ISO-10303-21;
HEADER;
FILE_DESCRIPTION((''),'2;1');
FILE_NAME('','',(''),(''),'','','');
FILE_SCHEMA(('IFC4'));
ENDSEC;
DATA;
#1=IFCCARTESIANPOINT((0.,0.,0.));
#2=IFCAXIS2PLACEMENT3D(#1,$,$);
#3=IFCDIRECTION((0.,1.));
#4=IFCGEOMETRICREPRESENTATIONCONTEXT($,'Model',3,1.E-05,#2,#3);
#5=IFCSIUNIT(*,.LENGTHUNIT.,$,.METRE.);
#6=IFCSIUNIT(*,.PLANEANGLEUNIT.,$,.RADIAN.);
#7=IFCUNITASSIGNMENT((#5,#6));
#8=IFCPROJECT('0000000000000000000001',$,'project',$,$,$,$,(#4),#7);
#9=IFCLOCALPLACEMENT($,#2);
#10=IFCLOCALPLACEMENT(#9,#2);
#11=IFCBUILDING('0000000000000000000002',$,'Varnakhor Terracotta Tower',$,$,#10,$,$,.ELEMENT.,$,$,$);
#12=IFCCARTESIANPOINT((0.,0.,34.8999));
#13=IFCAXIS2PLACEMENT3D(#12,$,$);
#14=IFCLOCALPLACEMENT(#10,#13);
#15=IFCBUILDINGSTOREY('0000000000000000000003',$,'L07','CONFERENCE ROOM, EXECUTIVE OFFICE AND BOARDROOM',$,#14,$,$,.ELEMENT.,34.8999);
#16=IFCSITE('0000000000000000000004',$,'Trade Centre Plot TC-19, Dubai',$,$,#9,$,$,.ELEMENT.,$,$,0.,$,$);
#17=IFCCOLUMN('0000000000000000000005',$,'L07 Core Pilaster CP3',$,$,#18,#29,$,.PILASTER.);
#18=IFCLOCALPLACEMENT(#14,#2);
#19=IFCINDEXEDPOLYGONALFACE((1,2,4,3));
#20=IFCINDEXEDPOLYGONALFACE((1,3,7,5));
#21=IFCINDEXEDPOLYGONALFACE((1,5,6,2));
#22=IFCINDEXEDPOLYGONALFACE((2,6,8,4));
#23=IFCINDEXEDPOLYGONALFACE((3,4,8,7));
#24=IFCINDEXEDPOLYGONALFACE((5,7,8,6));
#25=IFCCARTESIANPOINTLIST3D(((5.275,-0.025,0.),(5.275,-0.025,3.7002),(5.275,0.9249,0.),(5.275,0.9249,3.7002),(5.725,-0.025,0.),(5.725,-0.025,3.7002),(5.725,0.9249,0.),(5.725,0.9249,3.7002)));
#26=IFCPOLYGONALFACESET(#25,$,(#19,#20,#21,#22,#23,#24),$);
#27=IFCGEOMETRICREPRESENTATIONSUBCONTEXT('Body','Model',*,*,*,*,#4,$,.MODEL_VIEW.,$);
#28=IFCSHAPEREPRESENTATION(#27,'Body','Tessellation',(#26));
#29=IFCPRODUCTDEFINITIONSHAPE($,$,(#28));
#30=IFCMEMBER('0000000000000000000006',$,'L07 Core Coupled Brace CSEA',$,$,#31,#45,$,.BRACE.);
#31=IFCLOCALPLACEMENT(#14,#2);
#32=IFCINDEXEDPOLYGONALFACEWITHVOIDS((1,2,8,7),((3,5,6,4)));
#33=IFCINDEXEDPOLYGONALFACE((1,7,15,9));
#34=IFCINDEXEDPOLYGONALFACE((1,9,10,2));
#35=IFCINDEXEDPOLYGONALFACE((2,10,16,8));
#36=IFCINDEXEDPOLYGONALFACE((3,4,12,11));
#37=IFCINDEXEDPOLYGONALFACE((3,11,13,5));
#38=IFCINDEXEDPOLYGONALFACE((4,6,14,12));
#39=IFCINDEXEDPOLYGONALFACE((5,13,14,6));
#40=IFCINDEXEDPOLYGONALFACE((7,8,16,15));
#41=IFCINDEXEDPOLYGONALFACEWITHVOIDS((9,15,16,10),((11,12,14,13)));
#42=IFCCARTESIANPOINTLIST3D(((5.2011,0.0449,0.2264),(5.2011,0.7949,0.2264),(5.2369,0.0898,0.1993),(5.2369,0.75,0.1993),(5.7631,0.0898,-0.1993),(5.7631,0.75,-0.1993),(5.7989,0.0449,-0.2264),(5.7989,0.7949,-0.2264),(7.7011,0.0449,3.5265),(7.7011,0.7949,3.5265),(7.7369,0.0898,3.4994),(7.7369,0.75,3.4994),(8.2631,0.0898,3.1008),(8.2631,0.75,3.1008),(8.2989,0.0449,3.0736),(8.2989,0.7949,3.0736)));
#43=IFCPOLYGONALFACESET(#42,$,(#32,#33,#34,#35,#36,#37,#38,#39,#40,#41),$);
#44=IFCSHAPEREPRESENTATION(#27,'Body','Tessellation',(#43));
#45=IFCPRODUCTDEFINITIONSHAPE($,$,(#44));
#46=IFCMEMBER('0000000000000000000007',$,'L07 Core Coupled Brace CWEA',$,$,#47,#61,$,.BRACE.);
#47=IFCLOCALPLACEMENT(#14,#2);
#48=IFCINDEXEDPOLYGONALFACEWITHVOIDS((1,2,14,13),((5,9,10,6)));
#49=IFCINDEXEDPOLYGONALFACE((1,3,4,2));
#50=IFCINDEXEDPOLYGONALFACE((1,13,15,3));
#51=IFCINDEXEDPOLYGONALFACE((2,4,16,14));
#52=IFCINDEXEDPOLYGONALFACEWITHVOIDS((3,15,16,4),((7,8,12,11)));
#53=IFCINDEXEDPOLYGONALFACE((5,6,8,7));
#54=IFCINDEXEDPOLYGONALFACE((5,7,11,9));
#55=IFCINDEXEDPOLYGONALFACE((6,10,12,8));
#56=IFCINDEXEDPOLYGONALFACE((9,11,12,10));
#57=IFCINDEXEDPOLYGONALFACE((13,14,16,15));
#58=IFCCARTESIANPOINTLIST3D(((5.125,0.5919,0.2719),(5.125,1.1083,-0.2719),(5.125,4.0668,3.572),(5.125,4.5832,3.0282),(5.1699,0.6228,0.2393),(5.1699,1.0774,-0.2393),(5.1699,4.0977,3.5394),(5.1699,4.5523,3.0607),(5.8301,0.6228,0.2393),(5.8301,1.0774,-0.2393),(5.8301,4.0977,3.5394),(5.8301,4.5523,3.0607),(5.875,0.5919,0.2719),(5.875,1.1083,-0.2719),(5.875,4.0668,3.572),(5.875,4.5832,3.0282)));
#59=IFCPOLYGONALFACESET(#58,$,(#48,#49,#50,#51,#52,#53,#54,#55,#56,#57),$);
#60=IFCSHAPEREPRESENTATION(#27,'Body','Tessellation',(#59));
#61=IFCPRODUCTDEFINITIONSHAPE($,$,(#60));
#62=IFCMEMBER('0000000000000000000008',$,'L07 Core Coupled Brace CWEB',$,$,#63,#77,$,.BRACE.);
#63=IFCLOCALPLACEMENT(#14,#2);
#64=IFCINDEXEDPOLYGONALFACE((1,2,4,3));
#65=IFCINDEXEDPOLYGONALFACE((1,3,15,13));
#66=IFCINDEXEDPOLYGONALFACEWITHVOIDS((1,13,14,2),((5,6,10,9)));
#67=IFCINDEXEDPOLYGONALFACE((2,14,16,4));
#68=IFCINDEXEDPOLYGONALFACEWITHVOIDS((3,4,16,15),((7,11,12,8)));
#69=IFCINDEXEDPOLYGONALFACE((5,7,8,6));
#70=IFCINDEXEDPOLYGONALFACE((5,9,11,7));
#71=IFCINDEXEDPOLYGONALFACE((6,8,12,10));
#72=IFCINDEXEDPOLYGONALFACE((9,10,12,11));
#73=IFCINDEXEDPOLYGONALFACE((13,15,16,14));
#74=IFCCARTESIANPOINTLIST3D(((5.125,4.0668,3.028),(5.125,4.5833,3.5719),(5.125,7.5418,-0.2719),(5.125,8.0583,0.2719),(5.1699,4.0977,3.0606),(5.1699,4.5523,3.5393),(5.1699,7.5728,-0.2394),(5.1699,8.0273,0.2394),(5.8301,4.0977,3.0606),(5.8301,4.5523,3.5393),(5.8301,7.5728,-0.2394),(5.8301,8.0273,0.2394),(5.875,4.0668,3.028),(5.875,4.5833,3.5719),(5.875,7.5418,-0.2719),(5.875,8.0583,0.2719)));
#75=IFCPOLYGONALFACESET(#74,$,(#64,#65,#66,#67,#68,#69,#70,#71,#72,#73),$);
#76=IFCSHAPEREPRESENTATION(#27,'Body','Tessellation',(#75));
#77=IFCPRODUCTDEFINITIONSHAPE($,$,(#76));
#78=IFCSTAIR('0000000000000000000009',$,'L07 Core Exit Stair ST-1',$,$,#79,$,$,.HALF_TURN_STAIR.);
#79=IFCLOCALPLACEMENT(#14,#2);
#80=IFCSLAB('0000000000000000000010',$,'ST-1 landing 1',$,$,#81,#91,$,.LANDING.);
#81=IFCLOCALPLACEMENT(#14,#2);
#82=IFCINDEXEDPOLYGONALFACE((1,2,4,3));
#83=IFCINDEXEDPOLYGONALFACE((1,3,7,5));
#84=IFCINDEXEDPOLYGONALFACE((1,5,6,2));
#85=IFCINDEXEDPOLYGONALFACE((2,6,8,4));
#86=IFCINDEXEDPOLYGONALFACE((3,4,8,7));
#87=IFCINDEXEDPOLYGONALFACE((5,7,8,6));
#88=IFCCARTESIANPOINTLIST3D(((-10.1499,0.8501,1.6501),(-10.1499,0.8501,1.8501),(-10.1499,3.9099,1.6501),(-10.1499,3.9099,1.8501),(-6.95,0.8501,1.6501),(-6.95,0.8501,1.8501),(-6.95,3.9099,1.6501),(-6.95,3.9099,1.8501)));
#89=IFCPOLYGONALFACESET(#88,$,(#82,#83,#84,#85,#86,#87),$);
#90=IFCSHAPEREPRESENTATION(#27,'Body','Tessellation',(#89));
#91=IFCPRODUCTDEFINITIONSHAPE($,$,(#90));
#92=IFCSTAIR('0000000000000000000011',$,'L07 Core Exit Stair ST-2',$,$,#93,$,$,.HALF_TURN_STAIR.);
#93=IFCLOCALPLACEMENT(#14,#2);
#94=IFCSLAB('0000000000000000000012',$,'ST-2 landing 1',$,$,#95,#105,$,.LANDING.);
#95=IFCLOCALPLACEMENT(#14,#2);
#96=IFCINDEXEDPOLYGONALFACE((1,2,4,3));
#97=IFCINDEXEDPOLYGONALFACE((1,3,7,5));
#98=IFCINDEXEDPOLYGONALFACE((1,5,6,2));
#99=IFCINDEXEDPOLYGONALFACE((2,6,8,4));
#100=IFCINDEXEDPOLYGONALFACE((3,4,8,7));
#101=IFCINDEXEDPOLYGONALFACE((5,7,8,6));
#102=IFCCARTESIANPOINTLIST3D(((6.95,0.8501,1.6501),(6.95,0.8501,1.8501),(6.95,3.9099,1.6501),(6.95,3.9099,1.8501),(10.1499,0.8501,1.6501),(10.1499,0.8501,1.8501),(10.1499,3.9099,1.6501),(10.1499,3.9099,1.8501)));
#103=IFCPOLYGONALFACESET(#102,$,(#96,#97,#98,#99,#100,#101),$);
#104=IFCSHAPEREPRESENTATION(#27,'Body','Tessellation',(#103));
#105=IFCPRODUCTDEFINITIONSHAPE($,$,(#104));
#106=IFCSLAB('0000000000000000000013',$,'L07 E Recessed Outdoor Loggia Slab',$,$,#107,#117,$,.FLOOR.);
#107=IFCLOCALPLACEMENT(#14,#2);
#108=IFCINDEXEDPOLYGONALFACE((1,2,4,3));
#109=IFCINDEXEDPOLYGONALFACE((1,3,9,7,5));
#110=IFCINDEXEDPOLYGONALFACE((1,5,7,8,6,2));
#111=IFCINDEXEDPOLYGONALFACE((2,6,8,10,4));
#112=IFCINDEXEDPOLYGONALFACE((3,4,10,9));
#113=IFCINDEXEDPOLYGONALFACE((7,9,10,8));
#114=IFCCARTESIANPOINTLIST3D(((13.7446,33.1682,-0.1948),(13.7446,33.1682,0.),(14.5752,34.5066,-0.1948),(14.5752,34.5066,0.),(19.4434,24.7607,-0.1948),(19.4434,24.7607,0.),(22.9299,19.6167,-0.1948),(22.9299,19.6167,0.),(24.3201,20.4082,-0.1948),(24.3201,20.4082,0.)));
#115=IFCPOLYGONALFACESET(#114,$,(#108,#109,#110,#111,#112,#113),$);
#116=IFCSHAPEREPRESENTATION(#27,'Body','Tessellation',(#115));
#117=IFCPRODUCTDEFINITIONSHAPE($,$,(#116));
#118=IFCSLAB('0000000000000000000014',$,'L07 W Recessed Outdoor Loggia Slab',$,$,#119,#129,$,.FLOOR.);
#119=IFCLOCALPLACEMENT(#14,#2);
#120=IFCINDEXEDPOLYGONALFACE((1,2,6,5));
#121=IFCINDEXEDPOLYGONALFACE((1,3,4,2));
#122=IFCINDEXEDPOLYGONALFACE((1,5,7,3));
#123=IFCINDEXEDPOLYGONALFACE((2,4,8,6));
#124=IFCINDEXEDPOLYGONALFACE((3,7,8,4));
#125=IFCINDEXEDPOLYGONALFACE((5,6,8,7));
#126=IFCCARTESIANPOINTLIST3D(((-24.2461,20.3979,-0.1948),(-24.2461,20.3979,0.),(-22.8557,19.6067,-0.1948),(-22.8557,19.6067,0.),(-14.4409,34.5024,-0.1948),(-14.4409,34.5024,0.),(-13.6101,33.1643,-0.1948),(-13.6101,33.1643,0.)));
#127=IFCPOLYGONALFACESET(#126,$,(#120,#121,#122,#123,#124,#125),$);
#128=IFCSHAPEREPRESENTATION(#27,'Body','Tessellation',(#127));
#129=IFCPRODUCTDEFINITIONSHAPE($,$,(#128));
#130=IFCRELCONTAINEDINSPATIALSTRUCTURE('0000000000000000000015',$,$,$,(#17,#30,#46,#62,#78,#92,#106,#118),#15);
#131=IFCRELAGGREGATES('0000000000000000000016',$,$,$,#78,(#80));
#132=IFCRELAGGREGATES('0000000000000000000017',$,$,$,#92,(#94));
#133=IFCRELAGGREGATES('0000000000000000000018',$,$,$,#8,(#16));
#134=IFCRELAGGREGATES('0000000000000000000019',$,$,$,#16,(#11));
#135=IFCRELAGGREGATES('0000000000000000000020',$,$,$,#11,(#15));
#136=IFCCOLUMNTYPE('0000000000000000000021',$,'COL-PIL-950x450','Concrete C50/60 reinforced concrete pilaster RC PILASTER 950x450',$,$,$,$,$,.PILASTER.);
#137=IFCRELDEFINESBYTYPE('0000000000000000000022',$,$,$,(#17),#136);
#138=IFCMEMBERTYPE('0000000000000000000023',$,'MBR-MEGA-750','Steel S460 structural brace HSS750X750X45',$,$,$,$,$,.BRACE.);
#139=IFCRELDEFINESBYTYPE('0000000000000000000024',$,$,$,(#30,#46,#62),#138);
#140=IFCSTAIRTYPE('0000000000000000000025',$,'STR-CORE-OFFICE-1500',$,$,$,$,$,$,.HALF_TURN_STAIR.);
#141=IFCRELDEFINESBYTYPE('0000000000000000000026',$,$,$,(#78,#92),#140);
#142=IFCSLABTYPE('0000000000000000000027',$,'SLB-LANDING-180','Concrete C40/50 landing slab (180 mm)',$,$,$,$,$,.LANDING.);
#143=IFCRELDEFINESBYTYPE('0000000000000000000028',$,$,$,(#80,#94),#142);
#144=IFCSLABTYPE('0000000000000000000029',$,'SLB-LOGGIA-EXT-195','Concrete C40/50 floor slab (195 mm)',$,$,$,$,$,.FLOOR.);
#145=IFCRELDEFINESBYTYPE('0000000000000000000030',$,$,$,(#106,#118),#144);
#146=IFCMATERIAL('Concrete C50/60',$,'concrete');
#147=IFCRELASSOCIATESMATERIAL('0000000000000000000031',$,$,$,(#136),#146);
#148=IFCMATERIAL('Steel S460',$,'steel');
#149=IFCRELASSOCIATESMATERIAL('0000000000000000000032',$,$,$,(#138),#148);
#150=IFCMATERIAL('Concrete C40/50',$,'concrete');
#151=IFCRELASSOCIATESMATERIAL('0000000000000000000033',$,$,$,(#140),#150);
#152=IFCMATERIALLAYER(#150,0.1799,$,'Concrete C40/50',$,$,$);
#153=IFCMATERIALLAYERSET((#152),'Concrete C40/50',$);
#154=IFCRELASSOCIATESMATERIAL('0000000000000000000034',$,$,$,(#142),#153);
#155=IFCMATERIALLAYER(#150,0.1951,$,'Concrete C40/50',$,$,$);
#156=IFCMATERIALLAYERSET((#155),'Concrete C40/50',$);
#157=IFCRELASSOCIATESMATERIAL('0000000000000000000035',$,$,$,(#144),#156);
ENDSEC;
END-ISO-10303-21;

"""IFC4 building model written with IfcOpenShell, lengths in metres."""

from ifc_helpers import new_model, si_unit, direction, frame, origin, origin_2d, place, context, subcontext, project, spatial, polyline, rectangle, hollow_rectangle, outline, extrude, source, transform, mapped, material, layer, layer_set, material_profile, profile_set, type_object, type_shapes, element, aggregate, save


model = new_model("IFC4")

# Units and contexts
model_context = context("Model", 3, precision=1e-05, world=origin(), true_north=direction((0.0, 1.0)))
body_context = subcontext(model_context, "Body", "Model", "MODEL_VIEW")
ifc_project = project(units=[si_unit("LENGTHUNIT", "METRE"), si_unit("PLANEANGLEUNIT", "RADIAN")], contexts=[model_context])

# Site, building, storey
site_placement = place(None, origin())
site = spatial("IfcSite", under=ifc_project, at=site_placement, Name="Trade Centre Plot TC-19, Dubai", CompositionType="ELEMENT", RefElevation=0.0)
building_placement = place(site_placement, origin())
building = spatial("IfcBuilding", under=site, at=building_placement, Name="Varnakhor Terracotta Tower", CompositionType="ELEMENT")
storey_placement = place(building_placement, frame((0.0, 0.0, 34.8999)))
storey = spatial("IfcBuildingStorey", under=building, at=storey_placement, Name="L07", Description="CONFERENCE ROOM, EXECUTIVE OFFICE AND BOARDROOM", CompositionType="ELEMENT", Elevation=34.8999)

# Column
ifc_material_1 = material(Name="Concrete C50/60", Category="concrete")
ifc_material_profile_1 = material_profile(ifc_material_1, rectangle(XDim=0.45, YDim=0.95, at=origin_2d()), Name="RC PILASTER 950x450")
ifc_profile_set_1 = profile_set([ifc_material_profile_1], Name="Concrete C50/60")
column_type = type_object("IfcColumnType", Name="COL-PIL-950x450", Description="Concrete C50/60 reinforced concrete pilaster RC PILASTER 950x450", PredefinedType="PILASTER", material=ifc_profile_set_1)
shared_shape_1 = source(origin(), body_context, "Body", "SweptSolid", [
    extrude(rectangle(XDim=0.45, YDim=0.95, at=origin_2d()), origin(), (0.0, 0.0, 1.0), 3.7002),
])
column_placement = place(storey_placement, frame((5.5, 0.45, 0.0), z_axis=(0.0, 0.0, 1.0), x_axis=(1.0, 0.0, 0.0)))
element("IfcColumn", 1, at=column_placement, inside=storey, type_object=column_type, Name="L07 Core Pilaster CP3", PredefinedType="PILASTER", context=body_context, shape_type="MappedRepresentation", body=[
    mapped(shared_shape_1, transform((0.0, 0.0, 0.0), scale=1.0)),
])

# Members
ifc_material_2 = material(Name="Steel S460", Category="steel")
ifc_material_profile_2 = material_profile(ifc_material_2, hollow_rectangle(XDim=0.75, YDim=0.75, WallThickness=0.0449, at=origin_2d()), Name="HSS750X750X45")
ifc_profile_set_2 = profile_set([ifc_material_profile_2], Name="Steel S460")
member_type = type_object("IfcMemberType", Name="MBR-MEGA-750", Description="Steel S460 structural brace HSS750X750X45", PredefinedType="BRACE", material=ifc_profile_set_2)
shared_shape_2 = source(origin(), body_context, "Body", "SweptSolid", [
    extrude(hollow_rectangle(XDim=0.75, YDim=0.75, WallThickness=0.0449, at=origin_2d()), origin(), (0.0, 0.0, 1.0), 4.1401),
])
type_shapes(member_type, [shared_shape_2])
member_placement = place(storey_placement, frame((5.5, 0.4199, 0.0), z_axis=(0.603852, 0.0, 0.797096), x_axis=(0.0, 1.0, 0.0)))
element("IfcMember", 2, at=member_placement, inside=storey, type_object=member_type, Name="L07 Core Coupled Brace CSEA", PredefinedType="BRACE", context=body_context, shape_type="MappedRepresentation", body=[
    mapped(shared_shape_2, transform((0.0, 0.0, 0.0), scale=1.0)),
])
shared_shape_3 = source(origin(), body_context, "Body", "SweptSolid", [
    extrude(hollow_rectangle(XDim=0.75, YDim=0.75, WallThickness=0.0449, at=origin_2d()), origin(), (0.0, 0.0, 1.0), 4.7922),
])
for number, where, z_axis, x_axis, name in (
    (3, (5.5, 0.8501, 0.0), (0.0, 0.72511, 0.688633), (-1.0, 0.0, 0.0), "L07 Core Coupled Brace CWEA"),
    (4, (5.5, 7.8, 0.0), (0.0, -0.725134, 0.688608), (1.0, 0.0, 0.0), "L07 Core Coupled Brace CWEB"),
):
    element("IfcMember", number, at=place(storey_placement, frame(where, z_axis=z_axis, x_axis=x_axis)), inside=storey, type_object=member_type, Name=name, PredefinedType="BRACE", context=body_context, shape_type="MappedRepresentation", body=[
        mapped(shared_shape_3, transform((0.0, 0.0, 0.0), scale=1.0)),
    ])

# Stairs, slabs
ifc_material_3 = material(Name="Concrete C40/50", Category="concrete")
stair_type = type_object("IfcStairType", Name="STR-CORE-OFFICE-1500", PredefinedType="HALF_TURN_STAIR", material=ifc_material_3)
stair_1_placement = place(storey_placement, origin())
stair_1 = element("IfcStair", 5, at=stair_1_placement, inside=storey, type_object=stair_type, Name="L07 Core Exit Stair ST-1", PredefinedType="HALF_TURN_STAIR")
ifc_layer_1 = layer(ifc_material_3, 0.1799, Name="Concrete C40/50")
ifc_layer_set_1 = layer_set([ifc_layer_1], Name="Concrete C40/50")
slab_type_1 = type_object("IfcSlabType", Name="SLB-LANDING-180", Description="Concrete C40/50 landing slab (180 mm)", PredefinedType="LANDING", material=ifc_layer_set_1)
slab_1_placement = place(storey_placement, frame((0.0, 0.0, 1.6501)))
slab_1 = element("IfcSlab", 6, at=slab_1_placement, type_object=slab_type_1, Name="ST-1 landing 1", PredefinedType="LANDING", context=body_context, shape_type="SweptSolid", body=[
    extrude(outline(polyline([(-10.1499, 3.9099), (-10.1499, 0.8501), (-6.95, 0.8501), (-6.95, 3.9099), (-10.1499, 3.9099)])), origin(), (0.0, 0.0, 1.0), 0.2),
])
aggregate(stair_1, [slab_1])
stair_2_placement = place(storey_placement, origin())
stair_2 = element("IfcStair", 7, at=stair_2_placement, inside=storey, type_object=stair_type, Name="L07 Core Exit Stair ST-2", PredefinedType="HALF_TURN_STAIR")
slab_2_placement = place(storey_placement, frame((0.0, 0.0, 1.6501)))
slab_2 = element("IfcSlab", 8, at=slab_2_placement, type_object=slab_type_1, Name="ST-2 landing 1", PredefinedType="LANDING", context=body_context, shape_type="SweptSolid", body=[
    extrude(outline(polyline([(6.95, 3.9099), (6.95, 0.8501), (10.1499, 0.8501), (10.1499, 3.9099), (6.95, 3.9099)])), origin(), (0.0, 0.0, 1.0), 0.2),
])

# Slabs
ifc_layer_2 = layer(ifc_material_3, 0.1951, Name="Concrete C40/50")
ifc_layer_set_2 = layer_set([ifc_layer_2], Name="Concrete C40/50")
slab_type_2 = type_object("IfcSlabType", Name="SLB-LOGGIA-EXT-195", Description="Concrete C40/50 floor slab (195 mm)", PredefinedType="FLOOR", material=ifc_layer_set_2)
slab_3_placement = place(storey_placement, frame((0.0, 0.0, -0.1948)))
element("IfcSlab", 9, at=slab_3_placement, inside=storey, type_object=slab_type_2, Name="L07 E Recessed Outdoor Loggia Slab", PredefinedType="FLOOR", context=body_context, shape_type="SweptSolid", body=[
    extrude(outline(polyline([(14.5752, 34.5066), (24.3201, 20.4082), (22.9299, 19.6167), (19.4434, 24.7607), (13.7446, 33.1682), (14.5752, 34.5066)])), origin(), (0.0, 0.0, 1.0), 0.1948),
])
slab_4_placement = place(storey_placement, frame((0.0, 0.0, -0.1948)))
element("IfcSlab", 10, at=slab_4_placement, inside=storey, type_object=slab_type_2, Name="L07 W Recessed Outdoor Loggia Slab", PredefinedType="FLOOR", context=body_context, shape_type="SweptSolid", body=[
    extrude(outline(polyline([(-24.2461, 20.3979), (-14.4409, 34.5024), (-13.6101, 33.1643), (-22.8557, 19.6067), (-24.2461, 20.3979)])), origin(), (0.0, 0.0, 1.0), 0.1948),
])

aggregate(stair_2, [slab_2])

save(model, "model.ifc")
